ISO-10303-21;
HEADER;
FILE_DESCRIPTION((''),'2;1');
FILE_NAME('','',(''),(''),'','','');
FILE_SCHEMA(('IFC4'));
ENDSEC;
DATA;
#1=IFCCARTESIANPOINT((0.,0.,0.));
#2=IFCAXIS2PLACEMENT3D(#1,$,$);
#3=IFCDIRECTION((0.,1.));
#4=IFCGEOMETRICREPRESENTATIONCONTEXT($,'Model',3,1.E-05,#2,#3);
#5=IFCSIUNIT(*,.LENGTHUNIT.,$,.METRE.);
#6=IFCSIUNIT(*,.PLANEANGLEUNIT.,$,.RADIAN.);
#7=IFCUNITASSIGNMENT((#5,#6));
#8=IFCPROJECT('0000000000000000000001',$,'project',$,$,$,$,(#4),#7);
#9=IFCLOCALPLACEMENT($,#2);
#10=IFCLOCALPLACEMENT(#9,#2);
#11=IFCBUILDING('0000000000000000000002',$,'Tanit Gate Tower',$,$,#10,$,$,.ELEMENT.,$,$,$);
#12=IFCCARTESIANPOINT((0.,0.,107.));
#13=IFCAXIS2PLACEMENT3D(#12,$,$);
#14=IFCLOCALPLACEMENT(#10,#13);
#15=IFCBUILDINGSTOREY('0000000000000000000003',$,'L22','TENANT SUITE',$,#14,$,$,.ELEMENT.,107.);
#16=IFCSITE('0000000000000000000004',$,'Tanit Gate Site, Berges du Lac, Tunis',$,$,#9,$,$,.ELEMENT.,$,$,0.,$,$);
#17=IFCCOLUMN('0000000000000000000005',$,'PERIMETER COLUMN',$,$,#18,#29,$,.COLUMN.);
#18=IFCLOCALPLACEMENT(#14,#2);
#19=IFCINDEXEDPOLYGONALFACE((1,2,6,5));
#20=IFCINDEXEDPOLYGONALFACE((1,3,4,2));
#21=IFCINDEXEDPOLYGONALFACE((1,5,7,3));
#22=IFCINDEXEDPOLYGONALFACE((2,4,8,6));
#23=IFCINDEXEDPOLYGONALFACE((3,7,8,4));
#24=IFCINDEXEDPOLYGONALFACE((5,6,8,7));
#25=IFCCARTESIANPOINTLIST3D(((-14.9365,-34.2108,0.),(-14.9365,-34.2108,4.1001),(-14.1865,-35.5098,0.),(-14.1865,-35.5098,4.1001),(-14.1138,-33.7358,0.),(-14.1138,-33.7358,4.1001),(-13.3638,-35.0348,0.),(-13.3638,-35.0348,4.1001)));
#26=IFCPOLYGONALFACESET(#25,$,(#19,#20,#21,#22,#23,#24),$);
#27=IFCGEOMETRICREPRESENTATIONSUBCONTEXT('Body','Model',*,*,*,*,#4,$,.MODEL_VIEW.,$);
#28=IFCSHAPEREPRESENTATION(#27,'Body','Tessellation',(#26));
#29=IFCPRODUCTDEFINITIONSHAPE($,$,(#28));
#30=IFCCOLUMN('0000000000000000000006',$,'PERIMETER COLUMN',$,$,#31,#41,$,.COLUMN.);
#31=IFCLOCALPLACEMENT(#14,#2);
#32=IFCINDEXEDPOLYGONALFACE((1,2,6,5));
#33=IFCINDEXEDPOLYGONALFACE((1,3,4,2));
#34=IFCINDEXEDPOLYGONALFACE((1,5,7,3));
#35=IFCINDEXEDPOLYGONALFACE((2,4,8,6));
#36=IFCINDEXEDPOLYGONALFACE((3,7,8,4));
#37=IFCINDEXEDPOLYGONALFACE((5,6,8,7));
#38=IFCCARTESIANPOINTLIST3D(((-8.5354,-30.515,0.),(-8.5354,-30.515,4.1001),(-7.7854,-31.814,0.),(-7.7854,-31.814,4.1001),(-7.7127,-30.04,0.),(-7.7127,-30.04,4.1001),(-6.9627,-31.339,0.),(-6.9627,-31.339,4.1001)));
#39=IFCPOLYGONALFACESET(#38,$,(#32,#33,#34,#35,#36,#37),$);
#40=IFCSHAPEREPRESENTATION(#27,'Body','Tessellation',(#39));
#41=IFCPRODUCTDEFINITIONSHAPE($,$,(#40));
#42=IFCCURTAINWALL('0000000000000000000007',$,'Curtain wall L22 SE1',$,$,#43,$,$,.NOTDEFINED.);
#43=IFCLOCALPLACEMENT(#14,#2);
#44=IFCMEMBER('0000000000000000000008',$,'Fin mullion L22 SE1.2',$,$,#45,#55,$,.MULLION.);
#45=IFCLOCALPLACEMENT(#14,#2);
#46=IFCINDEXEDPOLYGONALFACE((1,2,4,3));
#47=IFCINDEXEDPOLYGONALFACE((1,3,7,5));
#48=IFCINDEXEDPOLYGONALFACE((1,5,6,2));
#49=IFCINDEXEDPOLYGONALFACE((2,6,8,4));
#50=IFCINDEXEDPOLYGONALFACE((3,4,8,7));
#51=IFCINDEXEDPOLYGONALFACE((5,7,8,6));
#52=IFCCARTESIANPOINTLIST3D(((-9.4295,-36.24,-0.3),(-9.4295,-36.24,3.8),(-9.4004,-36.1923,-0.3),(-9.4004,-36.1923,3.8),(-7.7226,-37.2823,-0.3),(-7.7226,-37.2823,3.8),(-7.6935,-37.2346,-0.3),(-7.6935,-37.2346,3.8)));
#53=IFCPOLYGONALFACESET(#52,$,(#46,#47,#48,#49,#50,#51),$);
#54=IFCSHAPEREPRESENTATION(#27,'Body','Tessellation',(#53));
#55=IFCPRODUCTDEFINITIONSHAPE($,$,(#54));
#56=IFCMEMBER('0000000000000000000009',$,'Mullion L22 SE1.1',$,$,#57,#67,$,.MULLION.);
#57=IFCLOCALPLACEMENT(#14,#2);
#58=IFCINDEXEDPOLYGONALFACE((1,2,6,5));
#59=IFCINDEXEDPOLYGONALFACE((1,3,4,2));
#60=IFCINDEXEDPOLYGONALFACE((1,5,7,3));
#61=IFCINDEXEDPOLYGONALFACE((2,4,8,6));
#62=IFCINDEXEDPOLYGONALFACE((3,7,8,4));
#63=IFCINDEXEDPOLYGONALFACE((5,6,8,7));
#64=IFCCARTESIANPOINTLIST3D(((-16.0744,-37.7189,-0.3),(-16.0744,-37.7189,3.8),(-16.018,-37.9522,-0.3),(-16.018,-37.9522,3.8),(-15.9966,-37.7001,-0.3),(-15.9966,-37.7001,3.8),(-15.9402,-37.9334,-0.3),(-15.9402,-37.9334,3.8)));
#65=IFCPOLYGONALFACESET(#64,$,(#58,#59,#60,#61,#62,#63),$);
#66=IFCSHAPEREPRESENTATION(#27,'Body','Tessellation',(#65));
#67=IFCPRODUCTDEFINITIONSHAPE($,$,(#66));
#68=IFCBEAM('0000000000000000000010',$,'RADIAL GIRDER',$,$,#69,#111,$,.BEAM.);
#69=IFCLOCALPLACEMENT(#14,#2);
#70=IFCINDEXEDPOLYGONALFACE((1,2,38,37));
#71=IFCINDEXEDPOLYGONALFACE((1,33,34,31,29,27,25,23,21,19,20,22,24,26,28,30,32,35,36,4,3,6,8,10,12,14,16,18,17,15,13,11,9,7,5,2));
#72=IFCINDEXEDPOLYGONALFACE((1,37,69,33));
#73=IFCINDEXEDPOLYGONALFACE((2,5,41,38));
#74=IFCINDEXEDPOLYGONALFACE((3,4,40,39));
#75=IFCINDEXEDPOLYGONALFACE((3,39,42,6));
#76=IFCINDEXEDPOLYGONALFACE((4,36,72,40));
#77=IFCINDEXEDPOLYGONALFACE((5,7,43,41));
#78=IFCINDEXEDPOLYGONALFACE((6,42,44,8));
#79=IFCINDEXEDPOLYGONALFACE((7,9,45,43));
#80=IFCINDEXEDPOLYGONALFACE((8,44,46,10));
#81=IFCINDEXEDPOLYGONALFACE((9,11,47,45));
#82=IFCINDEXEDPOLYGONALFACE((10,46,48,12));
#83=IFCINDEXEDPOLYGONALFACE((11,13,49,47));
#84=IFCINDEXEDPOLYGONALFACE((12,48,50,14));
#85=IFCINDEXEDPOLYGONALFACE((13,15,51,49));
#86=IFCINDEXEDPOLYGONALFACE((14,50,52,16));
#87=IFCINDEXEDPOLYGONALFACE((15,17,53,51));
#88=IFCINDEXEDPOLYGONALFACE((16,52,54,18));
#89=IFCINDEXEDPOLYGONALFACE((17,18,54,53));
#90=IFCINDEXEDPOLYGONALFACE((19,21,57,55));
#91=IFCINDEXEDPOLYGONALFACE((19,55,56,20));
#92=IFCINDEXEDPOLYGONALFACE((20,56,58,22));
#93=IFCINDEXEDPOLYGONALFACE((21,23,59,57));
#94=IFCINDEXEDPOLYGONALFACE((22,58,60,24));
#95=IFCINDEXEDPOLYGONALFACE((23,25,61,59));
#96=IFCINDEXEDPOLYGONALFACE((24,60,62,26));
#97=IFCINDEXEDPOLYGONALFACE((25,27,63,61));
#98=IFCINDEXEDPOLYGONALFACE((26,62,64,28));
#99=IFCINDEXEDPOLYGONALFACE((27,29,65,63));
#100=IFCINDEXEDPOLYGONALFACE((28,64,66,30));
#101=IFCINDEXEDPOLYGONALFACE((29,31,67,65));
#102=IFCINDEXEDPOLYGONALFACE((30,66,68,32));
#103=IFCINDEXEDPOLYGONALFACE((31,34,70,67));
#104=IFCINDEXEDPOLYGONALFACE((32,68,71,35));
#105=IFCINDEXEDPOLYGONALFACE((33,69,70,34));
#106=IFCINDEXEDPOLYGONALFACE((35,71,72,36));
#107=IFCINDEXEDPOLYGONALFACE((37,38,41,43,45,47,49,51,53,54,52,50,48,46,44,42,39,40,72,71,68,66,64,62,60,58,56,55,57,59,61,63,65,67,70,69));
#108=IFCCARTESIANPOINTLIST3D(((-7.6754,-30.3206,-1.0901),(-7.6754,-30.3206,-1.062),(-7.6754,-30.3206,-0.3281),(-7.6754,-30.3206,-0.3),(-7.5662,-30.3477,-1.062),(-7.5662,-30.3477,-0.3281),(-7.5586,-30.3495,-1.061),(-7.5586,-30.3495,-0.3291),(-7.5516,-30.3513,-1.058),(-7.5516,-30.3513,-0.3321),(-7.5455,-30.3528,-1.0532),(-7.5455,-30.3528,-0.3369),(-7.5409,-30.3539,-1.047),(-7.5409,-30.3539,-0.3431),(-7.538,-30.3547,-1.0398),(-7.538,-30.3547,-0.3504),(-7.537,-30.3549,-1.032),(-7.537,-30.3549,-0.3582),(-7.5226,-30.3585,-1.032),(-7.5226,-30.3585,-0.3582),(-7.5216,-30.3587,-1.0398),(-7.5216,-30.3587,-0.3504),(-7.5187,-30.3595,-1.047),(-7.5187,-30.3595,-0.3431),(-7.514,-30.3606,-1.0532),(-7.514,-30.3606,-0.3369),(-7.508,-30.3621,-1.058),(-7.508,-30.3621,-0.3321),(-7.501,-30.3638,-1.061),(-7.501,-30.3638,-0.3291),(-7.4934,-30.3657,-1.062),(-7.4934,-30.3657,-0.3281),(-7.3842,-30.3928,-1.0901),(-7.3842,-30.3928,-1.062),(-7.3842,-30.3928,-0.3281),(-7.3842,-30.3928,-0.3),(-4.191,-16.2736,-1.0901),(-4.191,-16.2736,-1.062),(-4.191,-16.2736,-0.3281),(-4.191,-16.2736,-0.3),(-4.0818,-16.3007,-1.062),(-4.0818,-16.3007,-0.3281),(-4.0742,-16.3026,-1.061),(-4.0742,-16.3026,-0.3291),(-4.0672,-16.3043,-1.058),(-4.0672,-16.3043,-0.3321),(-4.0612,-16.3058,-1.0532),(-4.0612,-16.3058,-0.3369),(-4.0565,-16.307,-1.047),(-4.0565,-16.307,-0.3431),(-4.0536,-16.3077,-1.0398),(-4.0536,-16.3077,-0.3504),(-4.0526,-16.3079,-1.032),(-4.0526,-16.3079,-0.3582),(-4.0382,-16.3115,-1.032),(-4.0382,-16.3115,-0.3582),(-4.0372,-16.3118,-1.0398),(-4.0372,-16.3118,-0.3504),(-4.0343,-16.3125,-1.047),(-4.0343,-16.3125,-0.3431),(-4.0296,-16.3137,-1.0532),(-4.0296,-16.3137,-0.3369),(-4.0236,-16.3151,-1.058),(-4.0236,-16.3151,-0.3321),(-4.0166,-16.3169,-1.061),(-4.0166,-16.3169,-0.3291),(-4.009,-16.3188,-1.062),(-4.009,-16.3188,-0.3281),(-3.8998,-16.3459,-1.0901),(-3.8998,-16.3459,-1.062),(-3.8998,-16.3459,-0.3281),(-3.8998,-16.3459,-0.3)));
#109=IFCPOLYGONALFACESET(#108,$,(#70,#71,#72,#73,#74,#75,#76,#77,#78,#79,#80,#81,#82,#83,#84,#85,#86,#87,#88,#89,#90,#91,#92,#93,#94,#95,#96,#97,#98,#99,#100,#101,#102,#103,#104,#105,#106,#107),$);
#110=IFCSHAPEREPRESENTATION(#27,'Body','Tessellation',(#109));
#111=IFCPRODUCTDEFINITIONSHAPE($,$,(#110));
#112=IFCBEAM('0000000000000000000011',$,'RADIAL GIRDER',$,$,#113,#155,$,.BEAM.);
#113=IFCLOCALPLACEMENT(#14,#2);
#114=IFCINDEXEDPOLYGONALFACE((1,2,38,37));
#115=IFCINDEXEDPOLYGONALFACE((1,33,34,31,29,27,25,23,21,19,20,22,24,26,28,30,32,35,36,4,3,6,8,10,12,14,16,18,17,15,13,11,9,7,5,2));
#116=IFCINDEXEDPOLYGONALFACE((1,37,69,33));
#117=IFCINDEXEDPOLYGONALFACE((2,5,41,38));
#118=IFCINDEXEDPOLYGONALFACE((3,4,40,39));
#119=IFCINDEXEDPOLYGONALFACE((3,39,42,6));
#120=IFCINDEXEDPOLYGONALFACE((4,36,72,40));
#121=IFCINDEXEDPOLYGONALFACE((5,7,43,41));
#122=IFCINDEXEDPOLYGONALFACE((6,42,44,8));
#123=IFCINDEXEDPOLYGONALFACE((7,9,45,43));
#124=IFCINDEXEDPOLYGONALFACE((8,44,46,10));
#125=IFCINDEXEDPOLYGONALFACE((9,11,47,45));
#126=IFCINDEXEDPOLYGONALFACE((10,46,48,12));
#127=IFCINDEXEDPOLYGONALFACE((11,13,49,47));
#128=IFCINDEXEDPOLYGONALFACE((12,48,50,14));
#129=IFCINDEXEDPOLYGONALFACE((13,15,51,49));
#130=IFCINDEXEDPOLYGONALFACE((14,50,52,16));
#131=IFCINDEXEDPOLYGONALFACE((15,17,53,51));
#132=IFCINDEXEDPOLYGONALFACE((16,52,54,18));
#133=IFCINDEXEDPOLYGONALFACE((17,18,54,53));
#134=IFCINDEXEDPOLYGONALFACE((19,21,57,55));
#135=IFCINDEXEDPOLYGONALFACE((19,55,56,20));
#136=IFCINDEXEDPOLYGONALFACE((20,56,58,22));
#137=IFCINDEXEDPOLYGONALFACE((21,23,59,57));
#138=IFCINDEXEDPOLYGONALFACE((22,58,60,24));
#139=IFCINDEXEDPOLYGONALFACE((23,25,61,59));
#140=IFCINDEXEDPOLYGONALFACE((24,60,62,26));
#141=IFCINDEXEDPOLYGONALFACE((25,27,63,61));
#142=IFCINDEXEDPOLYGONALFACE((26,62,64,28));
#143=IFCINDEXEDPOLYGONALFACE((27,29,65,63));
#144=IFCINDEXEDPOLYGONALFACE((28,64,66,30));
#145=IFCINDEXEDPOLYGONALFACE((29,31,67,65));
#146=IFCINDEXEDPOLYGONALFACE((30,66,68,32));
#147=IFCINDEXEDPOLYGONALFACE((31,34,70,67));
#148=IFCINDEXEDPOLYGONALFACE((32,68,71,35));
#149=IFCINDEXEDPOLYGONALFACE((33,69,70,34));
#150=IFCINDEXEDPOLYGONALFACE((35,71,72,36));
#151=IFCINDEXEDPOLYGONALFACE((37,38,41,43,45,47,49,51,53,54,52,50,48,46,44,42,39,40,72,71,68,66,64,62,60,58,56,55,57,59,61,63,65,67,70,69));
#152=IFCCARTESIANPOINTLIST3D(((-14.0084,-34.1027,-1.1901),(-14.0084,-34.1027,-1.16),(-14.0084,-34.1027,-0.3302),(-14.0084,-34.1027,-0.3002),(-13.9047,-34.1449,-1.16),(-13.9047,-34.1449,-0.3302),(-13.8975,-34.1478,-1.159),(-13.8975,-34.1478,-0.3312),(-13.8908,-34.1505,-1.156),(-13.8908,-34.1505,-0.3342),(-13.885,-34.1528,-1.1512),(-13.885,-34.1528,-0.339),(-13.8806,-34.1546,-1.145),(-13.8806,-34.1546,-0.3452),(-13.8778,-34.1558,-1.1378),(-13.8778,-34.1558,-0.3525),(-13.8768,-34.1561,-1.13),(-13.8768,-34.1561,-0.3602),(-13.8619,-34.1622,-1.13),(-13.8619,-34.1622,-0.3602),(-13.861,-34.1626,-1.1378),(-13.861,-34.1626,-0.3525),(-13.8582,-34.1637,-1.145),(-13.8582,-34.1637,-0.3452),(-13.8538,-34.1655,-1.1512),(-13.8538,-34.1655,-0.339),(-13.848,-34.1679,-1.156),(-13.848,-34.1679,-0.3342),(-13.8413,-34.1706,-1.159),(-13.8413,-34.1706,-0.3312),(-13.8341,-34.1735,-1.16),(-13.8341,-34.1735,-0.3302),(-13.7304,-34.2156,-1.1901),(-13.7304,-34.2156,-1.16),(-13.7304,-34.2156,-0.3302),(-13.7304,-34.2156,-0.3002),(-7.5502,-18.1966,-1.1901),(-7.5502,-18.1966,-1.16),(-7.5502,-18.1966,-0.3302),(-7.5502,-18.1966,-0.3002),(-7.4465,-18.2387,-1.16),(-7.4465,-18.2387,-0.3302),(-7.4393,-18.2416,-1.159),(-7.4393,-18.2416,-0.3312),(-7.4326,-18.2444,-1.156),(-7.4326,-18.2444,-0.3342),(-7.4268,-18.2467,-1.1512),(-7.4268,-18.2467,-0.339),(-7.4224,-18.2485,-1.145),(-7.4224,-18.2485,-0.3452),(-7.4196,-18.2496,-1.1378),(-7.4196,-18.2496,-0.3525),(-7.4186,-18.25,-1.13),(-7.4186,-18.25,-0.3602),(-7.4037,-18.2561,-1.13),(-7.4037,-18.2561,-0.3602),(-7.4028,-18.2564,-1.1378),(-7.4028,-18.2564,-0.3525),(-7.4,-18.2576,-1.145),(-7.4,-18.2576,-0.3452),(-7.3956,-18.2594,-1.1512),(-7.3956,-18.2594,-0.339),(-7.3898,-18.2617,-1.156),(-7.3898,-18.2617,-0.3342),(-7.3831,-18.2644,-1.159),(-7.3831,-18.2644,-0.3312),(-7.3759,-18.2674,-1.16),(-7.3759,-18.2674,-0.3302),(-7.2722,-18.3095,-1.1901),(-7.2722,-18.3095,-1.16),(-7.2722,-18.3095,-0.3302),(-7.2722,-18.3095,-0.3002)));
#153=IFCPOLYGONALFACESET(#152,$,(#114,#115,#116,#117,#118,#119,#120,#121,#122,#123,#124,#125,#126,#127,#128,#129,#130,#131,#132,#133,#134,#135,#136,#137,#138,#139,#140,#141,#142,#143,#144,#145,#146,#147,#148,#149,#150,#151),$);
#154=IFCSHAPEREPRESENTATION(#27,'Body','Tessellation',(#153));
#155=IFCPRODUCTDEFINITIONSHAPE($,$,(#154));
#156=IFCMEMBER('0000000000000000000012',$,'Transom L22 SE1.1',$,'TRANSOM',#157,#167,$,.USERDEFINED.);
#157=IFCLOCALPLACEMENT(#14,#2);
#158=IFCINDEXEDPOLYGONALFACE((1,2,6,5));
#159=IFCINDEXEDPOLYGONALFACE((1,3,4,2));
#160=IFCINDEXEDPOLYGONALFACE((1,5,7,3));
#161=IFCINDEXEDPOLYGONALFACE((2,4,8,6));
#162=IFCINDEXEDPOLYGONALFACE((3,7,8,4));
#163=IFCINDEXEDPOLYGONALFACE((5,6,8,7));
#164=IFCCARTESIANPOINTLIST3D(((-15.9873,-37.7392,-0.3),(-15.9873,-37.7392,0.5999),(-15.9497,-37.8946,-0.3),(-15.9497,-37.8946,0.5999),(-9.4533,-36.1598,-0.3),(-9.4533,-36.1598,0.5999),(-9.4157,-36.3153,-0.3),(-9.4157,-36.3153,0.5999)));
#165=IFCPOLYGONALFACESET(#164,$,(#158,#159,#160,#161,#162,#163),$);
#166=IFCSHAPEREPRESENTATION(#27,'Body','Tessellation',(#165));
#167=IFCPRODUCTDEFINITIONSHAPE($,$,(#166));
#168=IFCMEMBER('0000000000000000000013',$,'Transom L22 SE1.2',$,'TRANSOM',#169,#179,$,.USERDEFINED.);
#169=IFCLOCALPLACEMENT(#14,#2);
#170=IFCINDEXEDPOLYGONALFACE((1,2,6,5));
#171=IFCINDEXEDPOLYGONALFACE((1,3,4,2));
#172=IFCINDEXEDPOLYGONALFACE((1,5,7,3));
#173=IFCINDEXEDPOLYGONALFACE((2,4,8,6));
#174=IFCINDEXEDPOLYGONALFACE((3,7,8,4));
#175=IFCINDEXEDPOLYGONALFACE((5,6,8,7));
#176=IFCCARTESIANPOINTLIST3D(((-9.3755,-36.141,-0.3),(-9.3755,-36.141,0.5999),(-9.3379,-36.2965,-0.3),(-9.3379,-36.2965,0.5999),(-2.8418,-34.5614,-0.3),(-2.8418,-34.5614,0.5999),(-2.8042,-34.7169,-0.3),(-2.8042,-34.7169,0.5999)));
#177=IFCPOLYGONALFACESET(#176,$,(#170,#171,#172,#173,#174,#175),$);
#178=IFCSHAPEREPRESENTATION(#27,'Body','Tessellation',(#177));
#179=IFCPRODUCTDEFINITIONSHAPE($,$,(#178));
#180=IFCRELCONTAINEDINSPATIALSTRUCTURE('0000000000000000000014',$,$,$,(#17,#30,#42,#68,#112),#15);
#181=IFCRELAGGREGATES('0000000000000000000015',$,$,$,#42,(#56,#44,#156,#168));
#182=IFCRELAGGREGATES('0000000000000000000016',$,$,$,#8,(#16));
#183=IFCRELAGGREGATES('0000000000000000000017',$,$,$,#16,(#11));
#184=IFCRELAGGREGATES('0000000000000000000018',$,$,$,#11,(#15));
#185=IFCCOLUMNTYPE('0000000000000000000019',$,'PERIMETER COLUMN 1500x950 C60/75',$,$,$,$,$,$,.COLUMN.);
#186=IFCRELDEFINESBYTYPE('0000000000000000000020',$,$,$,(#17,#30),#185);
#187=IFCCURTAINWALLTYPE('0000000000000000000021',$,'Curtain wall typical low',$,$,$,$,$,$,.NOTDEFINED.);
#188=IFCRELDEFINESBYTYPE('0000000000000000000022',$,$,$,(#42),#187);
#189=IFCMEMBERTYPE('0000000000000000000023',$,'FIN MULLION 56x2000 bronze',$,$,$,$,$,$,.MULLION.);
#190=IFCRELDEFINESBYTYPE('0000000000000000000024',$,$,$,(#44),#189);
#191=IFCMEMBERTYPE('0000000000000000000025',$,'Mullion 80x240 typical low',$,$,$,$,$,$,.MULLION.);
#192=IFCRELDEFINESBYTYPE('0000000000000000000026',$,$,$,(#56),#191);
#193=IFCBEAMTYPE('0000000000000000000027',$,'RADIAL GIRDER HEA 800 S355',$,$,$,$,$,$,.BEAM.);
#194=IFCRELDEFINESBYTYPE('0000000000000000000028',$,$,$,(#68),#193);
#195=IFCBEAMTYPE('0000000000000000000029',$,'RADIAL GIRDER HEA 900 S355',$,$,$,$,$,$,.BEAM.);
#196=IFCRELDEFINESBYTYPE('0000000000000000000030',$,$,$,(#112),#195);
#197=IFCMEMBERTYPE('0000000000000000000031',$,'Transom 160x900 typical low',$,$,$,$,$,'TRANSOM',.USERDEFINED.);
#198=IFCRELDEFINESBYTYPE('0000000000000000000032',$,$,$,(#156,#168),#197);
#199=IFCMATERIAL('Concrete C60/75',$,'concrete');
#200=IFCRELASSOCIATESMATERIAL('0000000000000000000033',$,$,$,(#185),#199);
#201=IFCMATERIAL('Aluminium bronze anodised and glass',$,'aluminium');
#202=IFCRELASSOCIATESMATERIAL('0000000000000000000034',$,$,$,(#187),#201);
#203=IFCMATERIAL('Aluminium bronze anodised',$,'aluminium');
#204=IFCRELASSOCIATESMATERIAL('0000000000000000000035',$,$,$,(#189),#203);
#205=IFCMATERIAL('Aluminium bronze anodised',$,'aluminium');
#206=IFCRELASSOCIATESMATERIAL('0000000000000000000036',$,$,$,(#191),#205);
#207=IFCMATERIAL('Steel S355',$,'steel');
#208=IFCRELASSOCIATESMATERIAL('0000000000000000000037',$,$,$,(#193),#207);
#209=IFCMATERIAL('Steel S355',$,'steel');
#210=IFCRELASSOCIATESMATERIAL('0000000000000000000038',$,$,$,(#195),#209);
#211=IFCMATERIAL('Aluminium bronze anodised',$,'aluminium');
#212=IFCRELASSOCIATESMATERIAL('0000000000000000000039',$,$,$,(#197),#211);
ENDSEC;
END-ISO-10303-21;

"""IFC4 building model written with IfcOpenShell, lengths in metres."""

from ifc_helpers import new_model, si_unit, direction, frame, origin, origin_2d, place, context, subcontext, project, spatial, rectangle, i_section, extrude, material, material_profile, profile_set, type_object, element, aggregate, save


model = new_model("IFC4")

# Units and contexts
model_context = context("Model", 3, precision=1e-05, world=origin(), true_north=direction((0.0, 1.0)))
body_context = subcontext(model_context, "Body", "Model", "MODEL_VIEW")
ifc_project = project(units=[si_unit("LENGTHUNIT", "METRE"), si_unit("PLANEANGLEUNIT", "RADIAN")], contexts=[model_context])

# Site, building, storey
site_placement = place(None, origin())
site = spatial("IfcSite", under=ifc_project, at=site_placement, Name="Tanit Gate Site, Berges du Lac, Tunis", CompositionType="ELEMENT", RefElevation=0.0)
building_placement = place(site_placement, origin())
building = spatial("IfcBuilding", under=site, at=building_placement, Name="Tanit Gate Tower", CompositionType="ELEMENT")
storey_placement = place(building_placement, frame((0.0, 0.0, 107.0)))
storey = spatial("IfcBuildingStorey", under=building, at=storey_placement, Name="L22", Description="TENANT SUITE", CompositionType="ELEMENT", Elevation=107.0)

# Columns
ifc_material_1 = material(Name="Concrete C60/75", Category="concrete")
ifc_material_profile_1 = material_profile(ifc_material_1, rectangle(XDim=1.5, YDim=0.95, at=origin_2d()), Name="RC 1500x950")
ifc_profile_set_1 = profile_set([ifc_material_profile_1], Name="Concrete C60/75")
column_type = type_object("IfcColumnType", Name="PERIMETER COLUMN 1500x950 C60/75", PredefinedType="COLUMN", material=ifc_profile_set_1)
for number, where, z_axis, x_axis, name in (
    (1, (-14.1501, -34.6228, 0.0), (0.0, 0.0, 1.0), (0.5, -0.866025, 0.0), "PERIMETER COLUMN"),
    (2, (-7.749, -30.927, 0.0), (0.0, 0.0, 1.0), (0.5, -0.866025, 0.0), "PERIMETER COLUMN"),
):
    element("IfcColumn", number, at=place(storey_placement, frame(where, z_axis=z_axis, x_axis=x_axis)), inside=storey, type_object=column_type, Name=name, PredefinedType="COLUMN", context=body_context, shape_type="SweptSolid", body=[
        extrude(rectangle(XDim=1.5, YDim=0.95, at=origin_2d()), origin(), (0.0, 0.0, 1.0), 4.1001),
    ])

# Curtain wall, members
ifc_material_2 = material(Name="Aluminium bronze anodised and glass", Category="aluminium")
curtain_wall_type = type_object("IfcCurtainWallType", Name="Curtain wall typical low", PredefinedType="NOTDEFINED", material=ifc_material_2)
curtain_wall_placement = place(storey_placement, origin())
curtain_wall = element("IfcCurtainWall", 3, at=curtain_wall_placement, inside=storey, type_object=curtain_wall_type, Name="Curtain wall L22 SE1", PredefinedType="NOTDEFINED")
ifc_material_3 = material(Name="Aluminium bronze anodised", Category="aluminium")
ifc_material_profile_2 = material_profile(ifc_material_3, rectangle(XDim=2.0, YDim=0.0559, at=origin_2d()), Name="56x2000 bronze fin mullion")
ifc_profile_set_2 = profile_set([ifc_material_profile_2], Name="Aluminium bronze anodised")
member_type_1 = type_object("IfcMemberType", Name="FIN MULLION 56x2000 bronze", PredefinedType="MULLION", material=ifc_profile_set_2)
member_1_placement = place(storey_placement, frame((-8.5615, -36.7373, -0.3), z_axis=(0.0, 0.0, 1.0), x_axis=(-0.853451, 0.521173, 0.0)))
member_1 = element("IfcMember", 4, at=member_1_placement, type_object=member_type_1, Name="Fin mullion L22 SE1.2", PredefinedType="MULLION", context=body_context, shape_type="SweptSolid", body=[
    extrude(rectangle(XDim=2.0, YDim=0.0559, at=origin_2d()), origin(), (0.0, 0.0, 1.0), 4.1001),
])
ifc_material_4 = material(Name="Aluminium bronze anodised", Category="aluminium")
ifc_material_profile_3 = material_profile(ifc_material_4, rectangle(XDim=0.24, YDim=0.0801, at=origin_2d()), Name="80x240 bronze mullion")
ifc_profile_set_3 = profile_set([ifc_material_profile_3], Name="Aluminium bronze anodised")
member_type_2 = type_object("IfcMemberType", Name="Mullion 80x240 typical low", PredefinedType="MULLION", material=ifc_profile_set_3)
member_2_placement = place(storey_placement, frame((-16.0073, -37.8262, -0.3), z_axis=(0.0, 0.0, 1.0), x_axis=(-0.234957, 0.972006, 0.0)))
member_2 = element("IfcMember", 5, at=member_2_placement, type_object=member_type_2, Name="Mullion L22 SE1.1", PredefinedType="MULLION", context=body_context, shape_type="SweptSolid", body=[
    extrude(rectangle(XDim=0.24, YDim=0.0801, at=origin_2d()), origin(), (0.0, 0.0, 1.0), 4.1001),
])

# Beams
ifc_material_5 = material(Name="Steel S355", Category="steel")
ifc_material_profile_4 = material_profile(ifc_material_5, i_section(OverallWidth=0.3, OverallDepth=0.79, WebThickness=0.0149, FlangeThickness=0.0281, FilletRadius=0.03, at=origin_2d()), Name="HEA 800")
ifc_profile_set_4 = profile_set([ifc_material_profile_4], Name="Steel S355")
beam_type_1 = type_object("IfcBeamType", Name="RADIAL GIRDER HEA 800 S355", PredefinedType="BEAM", material=ifc_profile_set_4)
beam_1_placement = place(storey_placement, frame((-7.5298, -30.3567, -0.6951), z_axis=(0.240757, 0.970585, 0.0), x_axis=(-0.970585, 0.240757, 0.0)))
element("IfcBeam", 6, at=beam_1_placement, inside=storey, type_object=beam_type_1, Name="RADIAL GIRDER", PredefinedType="BEAM", context=body_context, shape_type="SweptSolid", body=[
    extrude(i_section(OverallWidth=0.3, OverallDepth=0.79, WebThickness=0.0149, FlangeThickness=0.0281, FilletRadius=0.03, at=origin_2d()), origin(), (0.0, 0.0, 1.0), 14.4727),
])
ifc_material_6 = material(Name="Steel S355", Category="steel")
ifc_material_profile_5 = material_profile(ifc_material_6, i_section(OverallWidth=0.3, OverallDepth=0.8899, WebThickness=0.0161, FlangeThickness=0.03, FilletRadius=0.03, at=origin_2d()), Name="HEA 900")
ifc_profile_set_5 = profile_set([ifc_material_profile_5], Name="Steel S355")
beam_type_2 = type_object("IfcBeamType", Name="RADIAL GIRDER HEA 900 S355", PredefinedType="BEAM", material=ifc_profile_set_5)
beam_2_placement = place(storey_placement, frame((-13.8694, -34.1592, -0.7451), z_axis=(0.376194, 0.926541, 0.0), x_axis=(-0.926541, 0.376194, 0.0)))
element("IfcBeam", 7, at=beam_2_placement, inside=storey, type_object=beam_type_2, Name="RADIAL GIRDER", PredefinedType="BEAM", context=body_context, shape_type="SweptSolid", body=[
    extrude(i_section(OverallWidth=0.3, OverallDepth=0.8899, WebThickness=0.0161, FlangeThickness=0.03, FilletRadius=0.03, at=origin_2d()), origin(), (0.0, 0.0, 1.0), 17.1672),
])

# Members
ifc_material_7 = material(Name="Aluminium bronze anodised", Category="aluminium")
ifc_material_profile_6 = material_profile(ifc_material_7, rectangle(XDim=0.1599, YDim=0.8999, at=origin_2d()), Name="160x900 bronze transom")
ifc_profile_set_6 = profile_set([ifc_material_profile_6], Name="Aluminium bronze anodised")
member_type_3 = type_object("IfcMemberType", Name="Transom 160x900 typical low", ElementType="TRANSOM", PredefinedType="USERDEFINED", material=ifc_profile_set_6)
member_3_placement = place(storey_placement, frame((-15.9685, -37.8169, 0.1499), z_axis=(0.972008, 0.234948, 0.0), x_axis=(-0.234948, 0.972008, 0.0)))
member_3 = element("IfcMember", 8, at=member_3_placement, type_object=member_type_3, Name="Transom L22 SE1.1", ObjectType="TRANSOM", PredefinedType="USERDEFINED", context=body_context, shape_type="SweptSolid", body=[
    extrude(rectangle(XDim=0.1599, YDim=0.8999, at=origin_2d()), origin(), (0.0, 0.0, 1.0), 6.7222),
])
member_4_placement = place(storey_placement, frame((-9.3567, -36.2188, 0.1499), z_axis=(0.971998, 0.234991, 0.0), x_axis=(-0.234991, 0.971998, 0.0)))
member_4 = element("IfcMember", 9, at=member_4_placement, type_object=member_type_3, Name="Transom L22 SE1.2", ObjectType="TRANSOM", PredefinedType="USERDEFINED", context=body_context, shape_type="SweptSolid", body=[
    extrude(rectangle(XDim=0.1599, YDim=0.8999, at=origin_2d()), origin(), (0.0, 0.0, 1.0), 6.7219),
])

aggregate(curtain_wall, [member_2, member_1, member_3, member_4])

save(model, "model.ifc")
